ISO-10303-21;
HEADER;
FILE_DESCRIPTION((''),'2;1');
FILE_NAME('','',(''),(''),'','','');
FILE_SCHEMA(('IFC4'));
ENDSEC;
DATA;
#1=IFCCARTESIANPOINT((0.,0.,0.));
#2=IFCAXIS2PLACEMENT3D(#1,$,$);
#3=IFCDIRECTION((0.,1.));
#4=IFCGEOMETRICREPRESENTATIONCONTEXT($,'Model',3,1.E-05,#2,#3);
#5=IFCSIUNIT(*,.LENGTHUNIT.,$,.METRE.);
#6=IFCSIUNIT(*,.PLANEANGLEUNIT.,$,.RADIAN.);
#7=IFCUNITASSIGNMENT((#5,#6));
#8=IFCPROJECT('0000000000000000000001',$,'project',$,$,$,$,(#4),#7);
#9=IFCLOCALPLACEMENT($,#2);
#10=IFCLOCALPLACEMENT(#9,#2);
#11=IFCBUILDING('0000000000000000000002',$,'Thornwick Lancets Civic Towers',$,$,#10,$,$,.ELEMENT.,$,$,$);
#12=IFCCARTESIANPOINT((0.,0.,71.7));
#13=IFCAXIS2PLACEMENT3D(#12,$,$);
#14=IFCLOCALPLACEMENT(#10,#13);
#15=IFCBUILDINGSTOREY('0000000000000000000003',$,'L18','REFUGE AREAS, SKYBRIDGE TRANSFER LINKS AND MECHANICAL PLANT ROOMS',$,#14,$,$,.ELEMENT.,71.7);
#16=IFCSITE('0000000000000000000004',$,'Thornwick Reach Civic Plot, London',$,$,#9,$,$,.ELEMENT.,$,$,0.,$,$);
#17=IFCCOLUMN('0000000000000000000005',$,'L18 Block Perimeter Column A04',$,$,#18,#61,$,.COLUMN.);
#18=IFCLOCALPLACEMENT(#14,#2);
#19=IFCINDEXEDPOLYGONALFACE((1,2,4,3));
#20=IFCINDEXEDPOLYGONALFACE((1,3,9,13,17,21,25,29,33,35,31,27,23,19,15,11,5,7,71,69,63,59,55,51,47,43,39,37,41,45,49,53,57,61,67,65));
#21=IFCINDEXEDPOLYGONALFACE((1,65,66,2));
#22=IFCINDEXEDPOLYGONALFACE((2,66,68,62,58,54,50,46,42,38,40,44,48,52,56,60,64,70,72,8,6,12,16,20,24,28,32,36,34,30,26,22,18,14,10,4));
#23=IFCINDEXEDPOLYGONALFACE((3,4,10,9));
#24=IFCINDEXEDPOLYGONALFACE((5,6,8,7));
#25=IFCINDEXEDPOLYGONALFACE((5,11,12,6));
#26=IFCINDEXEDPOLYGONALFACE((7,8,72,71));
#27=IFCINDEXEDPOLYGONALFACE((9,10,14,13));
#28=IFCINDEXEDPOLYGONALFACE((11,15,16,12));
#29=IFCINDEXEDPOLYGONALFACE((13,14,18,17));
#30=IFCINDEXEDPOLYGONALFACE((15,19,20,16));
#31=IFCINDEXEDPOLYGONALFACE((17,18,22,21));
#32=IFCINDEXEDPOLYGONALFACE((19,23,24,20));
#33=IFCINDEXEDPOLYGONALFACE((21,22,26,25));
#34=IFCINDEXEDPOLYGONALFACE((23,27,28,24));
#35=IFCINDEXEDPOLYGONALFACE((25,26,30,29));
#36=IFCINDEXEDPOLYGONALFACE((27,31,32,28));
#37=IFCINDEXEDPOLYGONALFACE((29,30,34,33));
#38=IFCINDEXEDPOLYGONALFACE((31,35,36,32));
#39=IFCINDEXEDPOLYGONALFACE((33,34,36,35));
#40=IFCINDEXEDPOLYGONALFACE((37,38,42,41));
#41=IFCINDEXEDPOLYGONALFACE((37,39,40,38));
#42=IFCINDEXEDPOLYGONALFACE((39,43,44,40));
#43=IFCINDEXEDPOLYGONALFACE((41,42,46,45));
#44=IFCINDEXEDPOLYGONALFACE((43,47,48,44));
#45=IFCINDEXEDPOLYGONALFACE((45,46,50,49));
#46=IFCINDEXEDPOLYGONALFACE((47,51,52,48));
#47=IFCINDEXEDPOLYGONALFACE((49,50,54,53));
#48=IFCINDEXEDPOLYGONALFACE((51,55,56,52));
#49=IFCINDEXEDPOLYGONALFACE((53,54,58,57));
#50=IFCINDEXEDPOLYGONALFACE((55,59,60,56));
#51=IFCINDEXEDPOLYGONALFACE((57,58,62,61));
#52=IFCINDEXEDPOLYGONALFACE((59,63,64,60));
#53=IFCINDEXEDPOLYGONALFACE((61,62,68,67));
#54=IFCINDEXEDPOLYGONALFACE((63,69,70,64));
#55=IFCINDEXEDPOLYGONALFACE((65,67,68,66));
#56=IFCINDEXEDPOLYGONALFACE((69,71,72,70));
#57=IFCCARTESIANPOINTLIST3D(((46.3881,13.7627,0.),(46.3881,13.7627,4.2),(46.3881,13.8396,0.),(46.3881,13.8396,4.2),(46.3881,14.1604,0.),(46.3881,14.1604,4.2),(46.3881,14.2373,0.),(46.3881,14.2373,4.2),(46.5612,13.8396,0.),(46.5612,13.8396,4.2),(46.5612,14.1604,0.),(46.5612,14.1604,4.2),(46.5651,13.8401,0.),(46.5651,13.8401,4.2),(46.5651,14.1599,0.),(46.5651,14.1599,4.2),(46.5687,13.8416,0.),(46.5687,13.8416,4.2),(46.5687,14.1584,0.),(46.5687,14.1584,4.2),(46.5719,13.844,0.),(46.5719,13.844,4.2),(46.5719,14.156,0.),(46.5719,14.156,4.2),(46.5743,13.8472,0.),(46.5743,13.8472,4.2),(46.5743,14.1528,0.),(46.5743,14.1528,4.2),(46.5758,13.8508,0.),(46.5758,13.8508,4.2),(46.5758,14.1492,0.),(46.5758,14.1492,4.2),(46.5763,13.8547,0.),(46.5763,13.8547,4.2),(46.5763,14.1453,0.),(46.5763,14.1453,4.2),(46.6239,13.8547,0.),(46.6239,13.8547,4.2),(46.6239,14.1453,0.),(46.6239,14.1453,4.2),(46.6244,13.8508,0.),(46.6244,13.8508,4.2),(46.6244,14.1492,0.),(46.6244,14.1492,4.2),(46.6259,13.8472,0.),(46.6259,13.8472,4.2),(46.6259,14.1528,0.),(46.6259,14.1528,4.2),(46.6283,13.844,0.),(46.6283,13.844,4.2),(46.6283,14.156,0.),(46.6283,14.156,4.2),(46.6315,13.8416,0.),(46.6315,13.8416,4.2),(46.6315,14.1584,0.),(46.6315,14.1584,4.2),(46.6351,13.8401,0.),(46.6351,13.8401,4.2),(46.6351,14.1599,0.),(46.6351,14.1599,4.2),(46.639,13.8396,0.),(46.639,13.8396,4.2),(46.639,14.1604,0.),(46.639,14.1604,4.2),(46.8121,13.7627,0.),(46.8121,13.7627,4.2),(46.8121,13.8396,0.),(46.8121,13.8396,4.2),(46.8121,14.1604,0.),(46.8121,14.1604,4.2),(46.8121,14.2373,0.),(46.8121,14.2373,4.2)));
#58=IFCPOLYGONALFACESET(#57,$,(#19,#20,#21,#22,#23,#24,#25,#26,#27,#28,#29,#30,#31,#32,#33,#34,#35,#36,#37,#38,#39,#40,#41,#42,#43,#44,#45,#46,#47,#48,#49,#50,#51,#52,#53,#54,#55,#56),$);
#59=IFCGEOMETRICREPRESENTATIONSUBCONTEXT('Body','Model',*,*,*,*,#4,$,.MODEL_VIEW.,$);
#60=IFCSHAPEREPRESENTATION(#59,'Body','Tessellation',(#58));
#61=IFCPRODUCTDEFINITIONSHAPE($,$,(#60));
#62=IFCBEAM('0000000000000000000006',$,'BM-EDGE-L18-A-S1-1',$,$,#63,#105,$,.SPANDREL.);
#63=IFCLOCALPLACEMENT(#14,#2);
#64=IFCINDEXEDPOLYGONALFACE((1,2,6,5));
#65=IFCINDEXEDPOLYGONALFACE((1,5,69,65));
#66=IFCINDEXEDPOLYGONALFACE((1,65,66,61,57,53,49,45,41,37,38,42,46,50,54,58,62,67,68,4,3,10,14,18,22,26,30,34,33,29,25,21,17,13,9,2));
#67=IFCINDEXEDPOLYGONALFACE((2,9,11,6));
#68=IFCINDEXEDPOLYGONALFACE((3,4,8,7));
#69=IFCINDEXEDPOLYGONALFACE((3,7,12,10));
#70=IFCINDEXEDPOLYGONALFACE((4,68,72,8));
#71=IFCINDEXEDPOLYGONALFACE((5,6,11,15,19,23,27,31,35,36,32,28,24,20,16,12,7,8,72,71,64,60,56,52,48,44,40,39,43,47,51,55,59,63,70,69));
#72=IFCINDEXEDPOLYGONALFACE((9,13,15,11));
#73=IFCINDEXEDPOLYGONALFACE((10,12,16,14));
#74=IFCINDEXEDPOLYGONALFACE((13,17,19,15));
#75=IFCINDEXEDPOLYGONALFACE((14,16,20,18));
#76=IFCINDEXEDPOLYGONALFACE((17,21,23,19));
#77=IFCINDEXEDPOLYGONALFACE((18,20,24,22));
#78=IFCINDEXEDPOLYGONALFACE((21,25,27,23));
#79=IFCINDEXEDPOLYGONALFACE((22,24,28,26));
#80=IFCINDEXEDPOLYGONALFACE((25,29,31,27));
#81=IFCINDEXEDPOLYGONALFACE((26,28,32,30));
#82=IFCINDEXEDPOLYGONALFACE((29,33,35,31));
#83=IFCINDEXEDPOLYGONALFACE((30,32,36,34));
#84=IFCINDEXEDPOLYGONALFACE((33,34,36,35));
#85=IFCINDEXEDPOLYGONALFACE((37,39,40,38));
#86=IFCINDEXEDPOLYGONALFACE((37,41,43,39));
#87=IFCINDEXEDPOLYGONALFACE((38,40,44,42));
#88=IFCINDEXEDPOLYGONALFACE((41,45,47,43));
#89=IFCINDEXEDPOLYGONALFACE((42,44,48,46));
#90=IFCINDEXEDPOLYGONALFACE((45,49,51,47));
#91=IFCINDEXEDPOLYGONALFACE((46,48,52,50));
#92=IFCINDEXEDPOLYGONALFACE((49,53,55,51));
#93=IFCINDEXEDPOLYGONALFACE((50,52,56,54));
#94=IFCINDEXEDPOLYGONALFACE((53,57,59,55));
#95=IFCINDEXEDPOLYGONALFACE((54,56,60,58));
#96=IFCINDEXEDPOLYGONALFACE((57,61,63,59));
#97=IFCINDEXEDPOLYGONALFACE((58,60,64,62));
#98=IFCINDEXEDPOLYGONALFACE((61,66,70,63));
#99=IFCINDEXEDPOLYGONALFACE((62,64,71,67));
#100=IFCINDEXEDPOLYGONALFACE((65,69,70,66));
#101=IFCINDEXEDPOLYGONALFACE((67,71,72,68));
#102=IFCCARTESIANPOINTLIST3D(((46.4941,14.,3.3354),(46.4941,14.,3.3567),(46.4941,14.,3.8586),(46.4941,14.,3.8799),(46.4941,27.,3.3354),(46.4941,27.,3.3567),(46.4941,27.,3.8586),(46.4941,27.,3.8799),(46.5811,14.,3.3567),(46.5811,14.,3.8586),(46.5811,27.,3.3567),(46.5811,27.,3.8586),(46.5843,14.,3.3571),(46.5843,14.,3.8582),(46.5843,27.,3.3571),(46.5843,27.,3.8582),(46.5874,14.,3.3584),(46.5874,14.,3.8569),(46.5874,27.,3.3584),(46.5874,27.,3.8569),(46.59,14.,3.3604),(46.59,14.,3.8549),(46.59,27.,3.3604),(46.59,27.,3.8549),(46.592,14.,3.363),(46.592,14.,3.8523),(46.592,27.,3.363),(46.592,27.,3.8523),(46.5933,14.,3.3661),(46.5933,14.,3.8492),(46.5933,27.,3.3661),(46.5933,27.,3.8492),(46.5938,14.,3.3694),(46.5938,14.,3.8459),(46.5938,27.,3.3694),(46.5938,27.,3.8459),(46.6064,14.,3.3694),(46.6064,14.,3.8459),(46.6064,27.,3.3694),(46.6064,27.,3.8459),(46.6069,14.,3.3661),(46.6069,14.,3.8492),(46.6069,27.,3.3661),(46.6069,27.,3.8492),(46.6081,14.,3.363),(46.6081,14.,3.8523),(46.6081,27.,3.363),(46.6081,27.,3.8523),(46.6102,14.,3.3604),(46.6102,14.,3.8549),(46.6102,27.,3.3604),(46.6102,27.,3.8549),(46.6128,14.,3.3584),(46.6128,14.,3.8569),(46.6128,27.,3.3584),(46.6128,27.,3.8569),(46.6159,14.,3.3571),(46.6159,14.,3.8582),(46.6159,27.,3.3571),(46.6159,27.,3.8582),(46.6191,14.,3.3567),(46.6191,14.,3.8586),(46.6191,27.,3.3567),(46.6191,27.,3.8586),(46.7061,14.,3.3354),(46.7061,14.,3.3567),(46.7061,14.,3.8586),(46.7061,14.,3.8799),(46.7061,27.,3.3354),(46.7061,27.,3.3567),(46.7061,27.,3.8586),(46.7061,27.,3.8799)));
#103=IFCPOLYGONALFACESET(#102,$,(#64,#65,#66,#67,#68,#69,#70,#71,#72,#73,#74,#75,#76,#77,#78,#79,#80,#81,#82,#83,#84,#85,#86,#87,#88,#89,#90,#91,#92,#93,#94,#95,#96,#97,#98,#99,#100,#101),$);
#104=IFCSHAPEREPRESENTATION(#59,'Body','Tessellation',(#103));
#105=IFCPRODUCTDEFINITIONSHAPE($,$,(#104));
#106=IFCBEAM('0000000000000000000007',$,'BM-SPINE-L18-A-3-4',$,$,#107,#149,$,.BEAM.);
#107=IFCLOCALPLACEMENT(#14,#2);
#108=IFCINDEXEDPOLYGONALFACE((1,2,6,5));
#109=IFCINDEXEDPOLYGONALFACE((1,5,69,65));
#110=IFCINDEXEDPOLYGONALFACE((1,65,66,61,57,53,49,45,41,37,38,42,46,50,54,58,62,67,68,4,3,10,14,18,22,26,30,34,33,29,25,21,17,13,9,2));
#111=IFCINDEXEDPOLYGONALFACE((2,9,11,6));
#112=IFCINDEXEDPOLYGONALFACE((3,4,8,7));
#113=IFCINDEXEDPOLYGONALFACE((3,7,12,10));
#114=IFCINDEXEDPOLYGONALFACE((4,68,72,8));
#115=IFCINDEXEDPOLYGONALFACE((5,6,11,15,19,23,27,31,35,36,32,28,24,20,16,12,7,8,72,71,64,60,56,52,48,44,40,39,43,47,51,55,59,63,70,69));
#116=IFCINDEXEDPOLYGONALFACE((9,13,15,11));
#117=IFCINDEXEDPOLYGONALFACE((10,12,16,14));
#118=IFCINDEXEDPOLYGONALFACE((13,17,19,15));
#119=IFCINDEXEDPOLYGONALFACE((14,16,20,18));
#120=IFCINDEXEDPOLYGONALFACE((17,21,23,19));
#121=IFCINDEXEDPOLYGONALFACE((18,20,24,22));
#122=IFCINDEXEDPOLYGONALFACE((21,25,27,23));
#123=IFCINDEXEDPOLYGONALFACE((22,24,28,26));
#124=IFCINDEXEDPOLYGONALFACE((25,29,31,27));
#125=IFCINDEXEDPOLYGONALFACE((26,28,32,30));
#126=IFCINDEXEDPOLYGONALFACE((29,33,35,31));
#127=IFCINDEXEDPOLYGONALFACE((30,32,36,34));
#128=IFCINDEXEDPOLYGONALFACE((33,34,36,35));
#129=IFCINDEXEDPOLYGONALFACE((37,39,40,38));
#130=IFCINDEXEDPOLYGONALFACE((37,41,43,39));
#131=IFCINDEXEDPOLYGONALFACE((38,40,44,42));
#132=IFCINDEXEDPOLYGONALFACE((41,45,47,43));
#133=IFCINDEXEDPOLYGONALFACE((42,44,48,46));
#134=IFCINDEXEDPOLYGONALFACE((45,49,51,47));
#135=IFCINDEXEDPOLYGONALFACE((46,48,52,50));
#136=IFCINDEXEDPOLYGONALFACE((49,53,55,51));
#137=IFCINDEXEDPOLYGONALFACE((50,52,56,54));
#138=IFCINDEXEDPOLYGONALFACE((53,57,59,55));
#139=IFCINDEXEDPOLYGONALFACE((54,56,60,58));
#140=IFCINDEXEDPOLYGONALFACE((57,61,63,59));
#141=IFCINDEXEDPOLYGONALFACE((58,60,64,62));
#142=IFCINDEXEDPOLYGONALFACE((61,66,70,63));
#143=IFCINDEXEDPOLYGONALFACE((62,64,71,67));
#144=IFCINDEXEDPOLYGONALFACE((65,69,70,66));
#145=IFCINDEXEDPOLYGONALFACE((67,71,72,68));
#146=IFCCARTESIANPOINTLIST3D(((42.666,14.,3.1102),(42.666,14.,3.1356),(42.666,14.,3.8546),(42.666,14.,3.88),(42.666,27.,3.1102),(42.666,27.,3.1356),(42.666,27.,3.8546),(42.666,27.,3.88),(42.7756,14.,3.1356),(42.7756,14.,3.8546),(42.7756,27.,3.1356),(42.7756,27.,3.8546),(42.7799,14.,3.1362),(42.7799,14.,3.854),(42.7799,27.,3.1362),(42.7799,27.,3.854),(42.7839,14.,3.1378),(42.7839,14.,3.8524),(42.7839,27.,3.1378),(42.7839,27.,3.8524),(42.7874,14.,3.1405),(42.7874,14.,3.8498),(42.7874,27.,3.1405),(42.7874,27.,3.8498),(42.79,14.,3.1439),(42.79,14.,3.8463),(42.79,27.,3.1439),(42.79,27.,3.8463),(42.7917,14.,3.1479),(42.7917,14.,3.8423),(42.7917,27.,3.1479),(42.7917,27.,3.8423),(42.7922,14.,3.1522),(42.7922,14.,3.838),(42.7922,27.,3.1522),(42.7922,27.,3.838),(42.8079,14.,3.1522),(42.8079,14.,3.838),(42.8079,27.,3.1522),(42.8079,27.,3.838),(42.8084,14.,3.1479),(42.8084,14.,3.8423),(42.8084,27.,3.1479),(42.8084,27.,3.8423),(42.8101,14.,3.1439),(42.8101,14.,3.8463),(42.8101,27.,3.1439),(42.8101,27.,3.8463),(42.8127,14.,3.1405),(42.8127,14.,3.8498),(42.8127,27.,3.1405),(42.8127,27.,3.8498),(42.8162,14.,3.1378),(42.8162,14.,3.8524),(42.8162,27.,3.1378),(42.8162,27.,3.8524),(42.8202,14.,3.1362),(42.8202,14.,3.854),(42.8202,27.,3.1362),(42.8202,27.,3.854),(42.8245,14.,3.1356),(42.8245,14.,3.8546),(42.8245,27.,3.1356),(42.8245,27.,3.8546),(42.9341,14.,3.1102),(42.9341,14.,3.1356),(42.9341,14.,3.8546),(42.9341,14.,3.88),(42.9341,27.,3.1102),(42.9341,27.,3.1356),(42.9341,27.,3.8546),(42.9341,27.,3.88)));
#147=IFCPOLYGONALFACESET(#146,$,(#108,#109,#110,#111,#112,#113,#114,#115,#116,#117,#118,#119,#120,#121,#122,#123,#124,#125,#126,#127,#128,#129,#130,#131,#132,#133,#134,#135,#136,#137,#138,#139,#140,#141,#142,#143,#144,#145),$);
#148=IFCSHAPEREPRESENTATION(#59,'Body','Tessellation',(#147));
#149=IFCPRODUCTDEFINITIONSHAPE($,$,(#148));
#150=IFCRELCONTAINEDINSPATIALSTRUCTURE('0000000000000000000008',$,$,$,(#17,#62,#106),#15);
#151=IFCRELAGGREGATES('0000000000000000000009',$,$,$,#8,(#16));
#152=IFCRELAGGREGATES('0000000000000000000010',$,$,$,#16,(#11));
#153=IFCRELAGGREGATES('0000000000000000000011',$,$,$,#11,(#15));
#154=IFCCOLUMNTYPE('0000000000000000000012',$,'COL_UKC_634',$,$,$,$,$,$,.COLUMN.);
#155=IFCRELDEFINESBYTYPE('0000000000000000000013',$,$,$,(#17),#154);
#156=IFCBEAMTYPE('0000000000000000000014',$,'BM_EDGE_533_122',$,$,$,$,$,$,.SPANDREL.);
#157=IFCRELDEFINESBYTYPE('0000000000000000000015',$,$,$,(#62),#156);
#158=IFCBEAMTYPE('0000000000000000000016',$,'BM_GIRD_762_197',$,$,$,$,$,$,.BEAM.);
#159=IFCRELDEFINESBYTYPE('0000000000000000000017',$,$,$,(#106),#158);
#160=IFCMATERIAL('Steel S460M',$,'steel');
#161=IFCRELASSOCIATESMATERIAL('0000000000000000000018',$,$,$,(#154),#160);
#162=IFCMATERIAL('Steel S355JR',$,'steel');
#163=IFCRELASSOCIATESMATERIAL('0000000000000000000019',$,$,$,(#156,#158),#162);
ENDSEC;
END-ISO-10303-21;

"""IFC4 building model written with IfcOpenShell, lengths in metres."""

from ifc_helpers import new_model, si_unit, direction, frame, origin, origin_2d, place, context, subcontext, project, spatial, i_section, extrude, material, material_profile, profile_set, type_object, element, save


model = new_model("IFC4")

# Units and contexts
model_context = context("Model", 3, precision=1e-05, world=origin(), true_north=direction((0.0, 1.0)))
body_context = subcontext(model_context, "Body", "Model", "MODEL_VIEW")
ifc_project = project(units=[si_unit("LENGTHUNIT", "METRE"), si_unit("PLANEANGLEUNIT", "RADIAN")], contexts=[model_context])

# Site, building, storey
site_placement = place(None, origin())
site = spatial("IfcSite", under=ifc_project, at=site_placement, Name="Thornwick Reach Civic Plot, London", CompositionType="ELEMENT", RefElevation=0.0)
building_placement = place(site_placement, origin())
building = spatial("IfcBuilding", under=site, at=building_placement, Name="Thornwick Lancets Civic Towers", CompositionType="ELEMENT")
storey_placement = place(building_placement, frame((0.0, 0.0, 71.7)))
storey = spatial("IfcBuildingStorey", under=building, at=storey_placement, Name="L18", Description="REFUGE AREAS, SKYBRIDGE TRANSFER LINKS AND MECHANICAL PLANT ROOMS", CompositionType="ELEMENT", Elevation=71.7)

# Column
ifc_material_1 = material(Name="Steel S460M", Category="steel")
ifc_material_profile_1 = material_profile(ifc_material_1, i_section(OverallWidth=0.4241, OverallDepth=0.4746, WebThickness=0.0476, FlangeThickness=0.0769, FilletRadius=0.0151, at=origin_2d()), Name="UKC 356x406x634")
ifc_profile_set_1 = profile_set([ifc_material_profile_1], Name="Steel S460M")
column_type = type_object("IfcColumnType", Name="COL_UKC_634", PredefinedType="COLUMN", material=ifc_profile_set_1)
column_placement = place(storey_placement, frame((46.6001, 14.0, 0.0), z_axis=(0.0, 0.0, 1.0), x_axis=(1.0, 0.0, 0.0)))
element("IfcColumn", 1, at=column_placement, inside=storey, type_object=column_type, Name="L18 Block Perimeter Column A04", PredefinedType="COLUMN", context=body_context, shape_type="SweptSolid", body=[
    extrude(i_section(OverallWidth=0.4241, OverallDepth=0.4746, WebThickness=0.0476, FlangeThickness=0.0769, FilletRadius=0.0151, at=origin_2d()), origin(), (0.0, 0.0, 1.0), 4.2),
])

# Beams
ifc_material_2 = material(Name="Steel S355JR", Category="steel")
ifc_material_profile_2 = material_profile(ifc_material_2, i_section(OverallWidth=0.2119, OverallDepth=0.5444, WebThickness=0.0127, FlangeThickness=0.0212, FilletRadius=0.0127, at=origin_2d()), Name="UKB 533x210x122")
ifc_profile_set_2 = profile_set([ifc_material_profile_2], Name="Steel S355JR")
beam_type_1 = type_object("IfcBeamType", Name="BM_EDGE_533_122", PredefinedType="SPANDREL", material=ifc_profile_set_2)
beam_1_placement = place(storey_placement, frame((46.6001, 14.0, 3.6077), z_axis=(0.0, 1.0, 0.0), x_axis=(-1.0, 0.0, 0.0)))
element("IfcBeam", 2, at=beam_1_placement, inside=storey, type_object=beam_type_1, Name="BM-EDGE-L18-A-S1-1", PredefinedType="SPANDREL", context=body_context, shape_type="SweptSolid", body=[
    extrude(i_section(OverallWidth=0.2119, OverallDepth=0.5444, WebThickness=0.0127, FlangeThickness=0.0212, FilletRadius=0.0127, at=origin_2d()), origin(), (0.0, 0.0, 1.0), 13.0),
])
ifc_material_profile_3 = material_profile(ifc_material_2, i_section(OverallWidth=0.2681, OverallDepth=0.7698, WebThickness=0.0156, FlangeThickness=0.0254, FilletRadius=0.0166, at=origin_2d()), Name="UKB 762x267x197")
ifc_profile_set_3 = profile_set([ifc_material_profile_3], Name="Steel S355JR")
beam_type_2 = type_object("IfcBeamType", Name="BM_GIRD_762_197", PredefinedType="BEAM", material=ifc_profile_set_3)
beam_2_placement = place(storey_placement, frame((42.8, 14.0, 3.4951), z_axis=(0.0, 1.0, 0.0), x_axis=(-1.0, 0.0, 0.0)))
element("IfcBeam", 3, at=beam_2_placement, inside=storey, type_object=beam_type_2, Name="BM-SPINE-L18-A-3-4", PredefinedType="BEAM", context=body_context, shape_type="SweptSolid", body=[
    extrude(i_section(OverallWidth=0.2681, OverallDepth=0.7698, WebThickness=0.0156, FlangeThickness=0.0254, FilletRadius=0.0166, at=origin_2d()), origin(), (0.0, 0.0, 1.0), 13.0),
])

save(model, "model.ifc")
